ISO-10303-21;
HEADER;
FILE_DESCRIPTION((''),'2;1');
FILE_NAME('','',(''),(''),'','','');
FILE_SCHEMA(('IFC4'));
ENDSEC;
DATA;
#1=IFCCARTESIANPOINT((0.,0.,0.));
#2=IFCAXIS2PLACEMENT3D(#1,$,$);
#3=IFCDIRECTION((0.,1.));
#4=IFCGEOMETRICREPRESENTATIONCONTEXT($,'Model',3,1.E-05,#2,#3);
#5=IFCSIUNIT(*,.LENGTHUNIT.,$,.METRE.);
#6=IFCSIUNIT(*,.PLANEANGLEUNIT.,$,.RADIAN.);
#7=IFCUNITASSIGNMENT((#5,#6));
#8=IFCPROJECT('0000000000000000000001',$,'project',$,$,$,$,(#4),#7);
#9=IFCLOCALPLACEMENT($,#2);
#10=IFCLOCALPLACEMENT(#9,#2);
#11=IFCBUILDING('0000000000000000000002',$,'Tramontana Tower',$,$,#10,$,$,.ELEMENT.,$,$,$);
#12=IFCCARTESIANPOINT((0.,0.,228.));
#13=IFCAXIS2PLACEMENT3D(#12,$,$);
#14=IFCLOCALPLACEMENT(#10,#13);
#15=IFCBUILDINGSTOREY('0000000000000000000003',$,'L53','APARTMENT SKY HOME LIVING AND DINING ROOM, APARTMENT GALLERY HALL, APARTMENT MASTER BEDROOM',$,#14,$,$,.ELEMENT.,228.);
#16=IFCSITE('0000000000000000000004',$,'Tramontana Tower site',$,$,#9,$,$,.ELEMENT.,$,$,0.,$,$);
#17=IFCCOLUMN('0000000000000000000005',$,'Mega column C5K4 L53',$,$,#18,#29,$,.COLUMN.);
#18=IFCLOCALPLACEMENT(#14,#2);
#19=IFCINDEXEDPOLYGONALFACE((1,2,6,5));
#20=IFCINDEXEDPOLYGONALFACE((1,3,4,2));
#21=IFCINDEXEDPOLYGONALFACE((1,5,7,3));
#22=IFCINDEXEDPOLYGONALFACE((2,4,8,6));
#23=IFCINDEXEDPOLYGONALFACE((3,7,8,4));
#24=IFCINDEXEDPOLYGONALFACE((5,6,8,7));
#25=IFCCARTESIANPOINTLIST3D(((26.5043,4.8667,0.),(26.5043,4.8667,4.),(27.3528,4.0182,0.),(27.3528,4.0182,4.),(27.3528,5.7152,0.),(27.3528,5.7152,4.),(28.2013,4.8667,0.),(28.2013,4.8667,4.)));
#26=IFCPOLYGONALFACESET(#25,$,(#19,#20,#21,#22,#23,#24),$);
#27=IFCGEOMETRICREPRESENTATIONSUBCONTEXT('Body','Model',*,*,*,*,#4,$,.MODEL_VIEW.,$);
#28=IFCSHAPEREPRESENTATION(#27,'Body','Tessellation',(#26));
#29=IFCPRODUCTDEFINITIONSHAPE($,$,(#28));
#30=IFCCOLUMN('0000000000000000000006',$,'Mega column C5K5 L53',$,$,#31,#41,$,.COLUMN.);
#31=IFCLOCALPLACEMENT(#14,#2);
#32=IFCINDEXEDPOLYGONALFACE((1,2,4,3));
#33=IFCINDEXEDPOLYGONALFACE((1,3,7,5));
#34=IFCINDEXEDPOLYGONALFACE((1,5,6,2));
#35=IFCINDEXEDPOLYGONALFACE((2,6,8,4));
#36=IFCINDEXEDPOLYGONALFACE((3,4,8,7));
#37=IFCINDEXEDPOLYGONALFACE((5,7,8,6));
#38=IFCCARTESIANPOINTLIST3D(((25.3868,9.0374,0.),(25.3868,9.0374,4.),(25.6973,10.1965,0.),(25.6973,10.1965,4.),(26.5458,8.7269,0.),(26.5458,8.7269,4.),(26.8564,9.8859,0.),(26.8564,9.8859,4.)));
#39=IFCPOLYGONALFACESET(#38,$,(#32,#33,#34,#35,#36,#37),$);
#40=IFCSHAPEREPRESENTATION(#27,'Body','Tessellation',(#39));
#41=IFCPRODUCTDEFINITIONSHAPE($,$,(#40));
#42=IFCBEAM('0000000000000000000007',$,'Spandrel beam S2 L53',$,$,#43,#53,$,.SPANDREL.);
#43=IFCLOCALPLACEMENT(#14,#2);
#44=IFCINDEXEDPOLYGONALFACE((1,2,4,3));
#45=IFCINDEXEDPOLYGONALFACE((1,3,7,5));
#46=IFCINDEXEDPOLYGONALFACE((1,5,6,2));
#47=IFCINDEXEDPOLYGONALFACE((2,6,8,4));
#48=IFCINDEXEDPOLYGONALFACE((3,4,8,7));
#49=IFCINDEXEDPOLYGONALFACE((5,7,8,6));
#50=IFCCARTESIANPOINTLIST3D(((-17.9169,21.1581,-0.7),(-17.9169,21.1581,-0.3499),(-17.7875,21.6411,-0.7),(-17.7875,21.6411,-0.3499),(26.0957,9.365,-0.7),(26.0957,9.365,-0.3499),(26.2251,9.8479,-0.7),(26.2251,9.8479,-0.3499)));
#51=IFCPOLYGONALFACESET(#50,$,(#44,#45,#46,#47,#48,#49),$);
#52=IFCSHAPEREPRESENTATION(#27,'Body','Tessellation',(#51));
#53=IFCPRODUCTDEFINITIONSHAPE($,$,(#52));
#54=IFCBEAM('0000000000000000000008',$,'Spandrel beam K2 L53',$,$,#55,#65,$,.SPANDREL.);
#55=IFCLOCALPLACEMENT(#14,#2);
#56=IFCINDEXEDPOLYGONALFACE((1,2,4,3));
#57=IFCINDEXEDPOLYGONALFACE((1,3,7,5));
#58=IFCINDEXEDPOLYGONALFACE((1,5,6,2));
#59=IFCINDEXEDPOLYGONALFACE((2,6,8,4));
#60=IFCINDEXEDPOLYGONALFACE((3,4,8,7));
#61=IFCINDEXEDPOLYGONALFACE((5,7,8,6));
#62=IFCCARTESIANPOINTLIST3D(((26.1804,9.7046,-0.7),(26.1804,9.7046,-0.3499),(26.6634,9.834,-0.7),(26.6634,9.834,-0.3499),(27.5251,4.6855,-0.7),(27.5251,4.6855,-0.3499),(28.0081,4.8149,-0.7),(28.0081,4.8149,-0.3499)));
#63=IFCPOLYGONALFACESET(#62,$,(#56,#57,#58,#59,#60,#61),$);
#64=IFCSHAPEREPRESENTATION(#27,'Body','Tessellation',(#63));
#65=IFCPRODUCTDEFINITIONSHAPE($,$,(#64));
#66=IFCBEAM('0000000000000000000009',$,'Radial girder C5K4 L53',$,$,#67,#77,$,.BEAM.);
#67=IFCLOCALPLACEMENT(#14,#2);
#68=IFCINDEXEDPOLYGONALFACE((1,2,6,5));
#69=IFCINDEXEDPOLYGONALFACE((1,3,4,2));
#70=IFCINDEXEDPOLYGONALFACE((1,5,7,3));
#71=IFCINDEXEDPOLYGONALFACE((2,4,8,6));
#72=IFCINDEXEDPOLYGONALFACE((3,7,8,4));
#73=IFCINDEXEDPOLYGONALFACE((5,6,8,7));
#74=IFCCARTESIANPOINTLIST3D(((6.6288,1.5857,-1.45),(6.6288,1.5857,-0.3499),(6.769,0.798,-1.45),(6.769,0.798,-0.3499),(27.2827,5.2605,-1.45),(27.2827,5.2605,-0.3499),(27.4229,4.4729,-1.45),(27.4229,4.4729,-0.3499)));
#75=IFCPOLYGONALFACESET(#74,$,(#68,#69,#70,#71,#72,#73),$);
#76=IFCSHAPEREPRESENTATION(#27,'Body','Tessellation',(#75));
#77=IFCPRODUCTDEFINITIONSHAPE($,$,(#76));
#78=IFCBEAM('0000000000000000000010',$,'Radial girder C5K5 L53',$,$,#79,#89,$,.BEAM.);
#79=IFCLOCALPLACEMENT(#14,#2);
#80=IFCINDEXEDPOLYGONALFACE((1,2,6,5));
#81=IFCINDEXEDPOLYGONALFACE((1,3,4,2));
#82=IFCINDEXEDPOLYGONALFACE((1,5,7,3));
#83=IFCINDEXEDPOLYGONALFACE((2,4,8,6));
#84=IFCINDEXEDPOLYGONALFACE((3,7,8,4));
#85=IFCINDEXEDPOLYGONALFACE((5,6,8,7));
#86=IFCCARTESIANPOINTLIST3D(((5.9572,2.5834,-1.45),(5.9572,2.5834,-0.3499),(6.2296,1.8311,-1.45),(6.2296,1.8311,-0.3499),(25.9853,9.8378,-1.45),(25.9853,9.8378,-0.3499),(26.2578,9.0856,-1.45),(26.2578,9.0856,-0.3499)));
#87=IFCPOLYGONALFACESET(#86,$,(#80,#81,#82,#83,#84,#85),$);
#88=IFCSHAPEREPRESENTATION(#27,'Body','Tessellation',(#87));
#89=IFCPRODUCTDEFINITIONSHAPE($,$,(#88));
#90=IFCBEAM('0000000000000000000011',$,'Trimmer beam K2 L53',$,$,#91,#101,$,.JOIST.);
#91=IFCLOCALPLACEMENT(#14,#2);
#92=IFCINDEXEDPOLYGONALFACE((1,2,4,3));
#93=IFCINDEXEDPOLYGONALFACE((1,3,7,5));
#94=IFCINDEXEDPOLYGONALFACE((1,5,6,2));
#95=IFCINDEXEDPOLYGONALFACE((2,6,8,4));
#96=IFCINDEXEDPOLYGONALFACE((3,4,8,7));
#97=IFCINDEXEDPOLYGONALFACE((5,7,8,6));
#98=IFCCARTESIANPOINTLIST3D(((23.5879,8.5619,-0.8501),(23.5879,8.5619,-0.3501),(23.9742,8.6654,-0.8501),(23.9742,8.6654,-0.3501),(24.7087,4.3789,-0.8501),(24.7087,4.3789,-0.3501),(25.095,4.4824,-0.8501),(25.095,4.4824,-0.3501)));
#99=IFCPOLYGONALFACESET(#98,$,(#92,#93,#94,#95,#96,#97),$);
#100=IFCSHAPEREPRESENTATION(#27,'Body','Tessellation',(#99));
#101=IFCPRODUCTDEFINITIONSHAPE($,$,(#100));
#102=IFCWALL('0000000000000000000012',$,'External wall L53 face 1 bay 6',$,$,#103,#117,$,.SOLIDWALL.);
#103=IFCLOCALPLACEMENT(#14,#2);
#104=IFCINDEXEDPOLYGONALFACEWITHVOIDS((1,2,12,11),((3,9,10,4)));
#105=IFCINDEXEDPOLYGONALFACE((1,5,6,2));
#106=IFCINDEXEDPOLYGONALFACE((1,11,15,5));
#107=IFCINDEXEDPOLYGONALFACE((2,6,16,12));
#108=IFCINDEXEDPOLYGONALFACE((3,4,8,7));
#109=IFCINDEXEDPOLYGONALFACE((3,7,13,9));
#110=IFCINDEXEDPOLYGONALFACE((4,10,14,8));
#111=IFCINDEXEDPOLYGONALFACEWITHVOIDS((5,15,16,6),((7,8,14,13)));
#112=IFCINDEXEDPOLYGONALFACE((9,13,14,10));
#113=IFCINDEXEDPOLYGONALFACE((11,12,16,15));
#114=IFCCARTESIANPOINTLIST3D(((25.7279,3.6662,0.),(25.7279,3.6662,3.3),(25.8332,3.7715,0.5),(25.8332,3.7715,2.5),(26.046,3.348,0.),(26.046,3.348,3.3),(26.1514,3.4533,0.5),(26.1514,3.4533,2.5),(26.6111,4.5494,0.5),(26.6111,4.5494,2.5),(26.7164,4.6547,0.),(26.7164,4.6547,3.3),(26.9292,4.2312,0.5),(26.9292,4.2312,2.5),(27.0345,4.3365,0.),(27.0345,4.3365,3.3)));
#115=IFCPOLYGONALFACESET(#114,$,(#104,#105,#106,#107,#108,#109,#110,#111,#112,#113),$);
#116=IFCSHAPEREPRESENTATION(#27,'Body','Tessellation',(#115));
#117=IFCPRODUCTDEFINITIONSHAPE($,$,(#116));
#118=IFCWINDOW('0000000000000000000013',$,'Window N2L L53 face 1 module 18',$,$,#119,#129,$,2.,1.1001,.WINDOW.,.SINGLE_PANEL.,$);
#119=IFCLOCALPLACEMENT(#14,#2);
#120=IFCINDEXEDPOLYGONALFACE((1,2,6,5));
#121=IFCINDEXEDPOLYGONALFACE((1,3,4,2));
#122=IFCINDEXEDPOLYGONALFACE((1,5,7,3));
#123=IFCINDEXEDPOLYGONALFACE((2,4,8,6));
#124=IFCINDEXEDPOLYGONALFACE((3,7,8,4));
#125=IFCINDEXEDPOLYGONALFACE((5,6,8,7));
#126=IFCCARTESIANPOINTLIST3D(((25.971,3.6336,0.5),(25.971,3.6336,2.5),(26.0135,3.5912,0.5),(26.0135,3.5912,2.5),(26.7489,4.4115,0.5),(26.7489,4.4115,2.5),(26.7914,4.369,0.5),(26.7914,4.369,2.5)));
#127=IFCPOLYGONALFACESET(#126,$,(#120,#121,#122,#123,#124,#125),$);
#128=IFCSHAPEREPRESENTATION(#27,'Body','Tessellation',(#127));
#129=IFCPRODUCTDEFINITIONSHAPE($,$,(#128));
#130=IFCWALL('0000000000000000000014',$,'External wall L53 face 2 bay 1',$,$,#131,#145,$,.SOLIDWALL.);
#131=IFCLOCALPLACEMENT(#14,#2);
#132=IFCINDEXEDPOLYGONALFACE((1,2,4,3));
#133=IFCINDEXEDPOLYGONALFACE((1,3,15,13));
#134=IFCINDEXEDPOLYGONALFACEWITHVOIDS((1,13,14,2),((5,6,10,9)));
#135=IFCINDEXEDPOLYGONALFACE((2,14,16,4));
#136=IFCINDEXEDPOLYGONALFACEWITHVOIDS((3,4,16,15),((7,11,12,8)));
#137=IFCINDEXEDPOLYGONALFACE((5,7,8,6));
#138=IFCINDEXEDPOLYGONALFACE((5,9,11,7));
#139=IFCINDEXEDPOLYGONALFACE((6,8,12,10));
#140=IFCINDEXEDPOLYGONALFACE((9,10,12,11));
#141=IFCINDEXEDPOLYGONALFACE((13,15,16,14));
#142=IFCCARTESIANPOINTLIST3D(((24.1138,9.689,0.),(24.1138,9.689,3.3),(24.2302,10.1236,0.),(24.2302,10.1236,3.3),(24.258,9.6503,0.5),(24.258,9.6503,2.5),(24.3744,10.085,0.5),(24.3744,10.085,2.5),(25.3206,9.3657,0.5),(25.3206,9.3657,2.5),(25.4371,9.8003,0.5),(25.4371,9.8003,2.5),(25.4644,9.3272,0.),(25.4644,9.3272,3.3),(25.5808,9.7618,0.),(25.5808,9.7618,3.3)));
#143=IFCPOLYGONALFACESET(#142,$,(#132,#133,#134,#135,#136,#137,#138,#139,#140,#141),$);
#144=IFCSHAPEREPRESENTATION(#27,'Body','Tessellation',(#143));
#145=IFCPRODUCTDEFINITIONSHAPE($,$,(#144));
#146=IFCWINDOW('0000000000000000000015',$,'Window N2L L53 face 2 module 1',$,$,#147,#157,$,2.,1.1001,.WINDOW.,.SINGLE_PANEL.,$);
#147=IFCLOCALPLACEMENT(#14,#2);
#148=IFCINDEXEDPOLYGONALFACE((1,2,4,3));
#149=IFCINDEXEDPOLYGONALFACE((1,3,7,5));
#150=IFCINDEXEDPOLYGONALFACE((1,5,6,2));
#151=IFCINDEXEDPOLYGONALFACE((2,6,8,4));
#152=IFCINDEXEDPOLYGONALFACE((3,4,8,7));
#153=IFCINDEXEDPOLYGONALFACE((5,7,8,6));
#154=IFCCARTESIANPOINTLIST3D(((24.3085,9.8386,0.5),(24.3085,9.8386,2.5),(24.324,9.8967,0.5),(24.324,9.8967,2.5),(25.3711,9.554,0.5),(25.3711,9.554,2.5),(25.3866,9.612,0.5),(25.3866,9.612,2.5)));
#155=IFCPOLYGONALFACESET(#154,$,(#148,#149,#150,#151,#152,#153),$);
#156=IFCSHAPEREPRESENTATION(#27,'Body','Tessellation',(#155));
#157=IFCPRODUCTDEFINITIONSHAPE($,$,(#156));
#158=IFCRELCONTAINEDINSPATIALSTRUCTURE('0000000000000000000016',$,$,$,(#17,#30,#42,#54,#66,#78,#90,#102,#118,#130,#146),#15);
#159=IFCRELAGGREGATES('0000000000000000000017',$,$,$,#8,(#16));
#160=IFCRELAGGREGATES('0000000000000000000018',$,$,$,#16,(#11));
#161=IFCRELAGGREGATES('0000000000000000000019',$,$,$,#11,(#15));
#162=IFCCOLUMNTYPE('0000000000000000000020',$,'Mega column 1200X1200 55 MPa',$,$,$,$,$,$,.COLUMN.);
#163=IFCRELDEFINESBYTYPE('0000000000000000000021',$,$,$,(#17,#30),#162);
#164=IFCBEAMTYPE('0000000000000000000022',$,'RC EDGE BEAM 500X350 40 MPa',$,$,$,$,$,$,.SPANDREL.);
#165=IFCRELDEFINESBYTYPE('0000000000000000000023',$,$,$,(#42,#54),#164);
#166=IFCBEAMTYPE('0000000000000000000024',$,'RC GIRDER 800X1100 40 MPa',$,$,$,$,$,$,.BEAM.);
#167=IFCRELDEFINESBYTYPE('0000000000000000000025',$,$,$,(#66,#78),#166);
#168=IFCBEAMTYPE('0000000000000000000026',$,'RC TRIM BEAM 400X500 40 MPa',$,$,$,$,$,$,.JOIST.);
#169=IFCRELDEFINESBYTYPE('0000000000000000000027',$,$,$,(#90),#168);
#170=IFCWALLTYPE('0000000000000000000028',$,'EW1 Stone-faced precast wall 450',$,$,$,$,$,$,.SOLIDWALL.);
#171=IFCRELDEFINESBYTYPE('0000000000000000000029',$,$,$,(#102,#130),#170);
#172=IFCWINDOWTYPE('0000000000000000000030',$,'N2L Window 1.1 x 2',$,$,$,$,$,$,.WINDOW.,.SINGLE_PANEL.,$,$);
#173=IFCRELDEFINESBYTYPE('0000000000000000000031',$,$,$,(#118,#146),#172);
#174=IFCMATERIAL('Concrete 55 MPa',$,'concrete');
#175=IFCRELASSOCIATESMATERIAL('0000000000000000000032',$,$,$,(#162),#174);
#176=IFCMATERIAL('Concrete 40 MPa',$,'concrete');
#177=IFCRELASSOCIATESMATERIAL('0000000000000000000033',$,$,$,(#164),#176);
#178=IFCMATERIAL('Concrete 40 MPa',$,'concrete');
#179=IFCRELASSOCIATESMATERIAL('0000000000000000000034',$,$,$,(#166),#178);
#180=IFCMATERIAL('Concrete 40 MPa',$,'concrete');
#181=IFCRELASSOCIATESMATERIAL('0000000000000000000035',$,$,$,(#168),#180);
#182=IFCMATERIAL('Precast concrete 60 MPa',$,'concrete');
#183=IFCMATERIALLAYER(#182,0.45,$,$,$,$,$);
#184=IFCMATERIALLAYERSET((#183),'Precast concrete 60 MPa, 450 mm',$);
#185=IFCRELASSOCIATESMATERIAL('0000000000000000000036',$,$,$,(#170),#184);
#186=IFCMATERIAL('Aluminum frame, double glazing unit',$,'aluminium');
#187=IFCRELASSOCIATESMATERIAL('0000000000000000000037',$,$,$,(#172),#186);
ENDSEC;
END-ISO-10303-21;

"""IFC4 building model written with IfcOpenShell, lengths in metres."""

from ifc_helpers import new_model, si_unit, direction, frame, frame_2d, origin, origin_2d, place, context, subcontext, project, spatial, rectangle, extrude, material, layer, layer_set, material_profile, profile_set, type_object, element, fill, save


model = new_model("IFC4")

# Units and contexts
model_context = context("Model", 3, precision=1e-05, world=origin(), true_north=direction((0.0, 1.0)))
body_context = subcontext(model_context, "Body", "Model", "MODEL_VIEW")
ifc_project = project(units=[si_unit("LENGTHUNIT", "METRE"), si_unit("PLANEANGLEUNIT", "RADIAN")], contexts=[model_context])

# Site, building, storey
site_placement = place(None, origin())
site = spatial("IfcSite", under=ifc_project, at=site_placement, Name="Tramontana Tower site", CompositionType="ELEMENT", RefElevation=0.0)
building_placement = place(site_placement, origin())
building = spatial("IfcBuilding", under=site, at=building_placement, Name="Tramontana Tower", CompositionType="ELEMENT")
storey_placement = place(building_placement, frame((0.0, 0.0, 228.0)))
storey = spatial("IfcBuildingStorey", under=building, at=storey_placement, Name="L53", Description="APARTMENT SKY HOME LIVING AND DINING ROOM, APARTMENT GALLERY HALL, APARTMENT MASTER BEDROOM", CompositionType="ELEMENT", Elevation=228.0)

# Columns
ifc_material_1 = material(Name="Concrete 55 MPa", Category="concrete")
ifc_material_profile_1 = material_profile(ifc_material_1, rectangle(XDim=1.2, YDim=1.2, at=origin_2d()), Name="Mega column 1200X1200 55 MPa")
ifc_profile_set_1 = profile_set([ifc_material_profile_1], Name="Concrete 55 MPa")
column_type = type_object("IfcColumnType", Name="Mega column 1200X1200 55 MPa", PredefinedType="COLUMN", material=ifc_profile_set_1)
for number, where, z_axis, x_axis, name in (
    (1, (27.3528, 4.8667, 0.0), (0.0, 0.0, 1.0), (0.707107, 0.707107, 0.0), "Mega column C5K4 L53"),
    (2, (26.1216, 9.4617, 0.0), (0.0, 0.0, 1.0), (-0.965926, 0.258819, 0.0), "Mega column C5K5 L53"),
):
    element("IfcColumn", number, at=place(storey_placement, frame(where, z_axis=z_axis, x_axis=x_axis)), inside=storey, type_object=column_type, Name=name, PredefinedType="COLUMN", context=body_context, shape_type="SweptSolid", body=[
        extrude(rectangle(XDim=1.2, YDim=1.2, at=origin_2d()), origin(), (0.0, 0.0, 1.0), 4.0),
    ])

# Beams
ifc_material_2 = material(Name="Concrete 40 MPa", Category="concrete")
ifc_material_profile_2 = material_profile(ifc_material_2, rectangle(XDim=0.5, YDim=0.3501, at=origin_2d()), Name="RC EDGE BEAM 500X350 40 MPa")
ifc_profile_set_2 = profile_set([ifc_material_profile_2], Name="Concrete 40 MPa")
beam_type_1 = type_object("IfcBeamType", Name="RC EDGE BEAM 500X350 40 MPa", PredefinedType="SPANDREL", material=ifc_profile_set_2)
beam_1_placement = place(storey_placement, frame((26.1604, 9.6064, -0.5249), z_axis=(-0.965926, 0.25882, 0.0), x_axis=(-0.25882, -0.965926, 0.0)))
element("IfcBeam", 3, at=beam_1_placement, inside=storey, type_object=beam_type_1, Name="Spandrel beam S2 L53", PredefinedType="SPANDREL", context=body_context, shape_type="SweptSolid", body=[
    extrude(rectangle(XDim=0.5, YDim=0.3501, at=origin_2d()), origin(), (0.0, 0.0, 1.0), 45.5652),
])
beam_2_placement = place(storey_placement, frame((27.7666, 4.7502, -0.5249), z_axis=(-0.258797, 0.965932, 0.0), x_axis=(-0.965932, -0.258797, 0.0)))
element("IfcBeam", 4, at=beam_2_placement, inside=storey, type_object=beam_type_1, Name="Spandrel beam K2 L53", PredefinedType="SPANDREL", context=body_context, shape_type="SweptSolid", body=[
    extrude(rectangle(XDim=0.5, YDim=0.3501, at=origin_2d()), origin(), (0.0, 0.0, 1.0), 5.196),
])
ifc_material_3 = material(Name="Concrete 40 MPa", Category="concrete")
ifc_material_profile_3 = material_profile(ifc_material_3, rectangle(XDim=0.8, YDim=1.1001, at=origin_2d()), Name="RC GIRDER 800X1100 40 MPa")
ifc_profile_set_3 = profile_set([ifc_material_profile_3], Name="Concrete 40 MPa")
beam_type_2 = type_object("IfcBeamType", Name="RC GIRDER 800X1100 40 MPa", PredefinedType="BEAM", material=ifc_profile_set_3)
beam_3_placement = place(storey_placement, frame((27.3528, 4.8667, -0.8999), z_axis=(-0.984538, -0.175173, 0.0), x_axis=(0.175173, -0.984538, 0.0)))
element("IfcBeam", 5, at=beam_3_placement, inside=storey, type_object=beam_type_2, Name="Radial girder C5K4 L53", PredefinedType="BEAM", context=body_context, shape_type="SweptSolid", body=[
    extrude(rectangle(XDim=0.8, YDim=1.1001, at=origin_2d()), origin(), (0.0, 0.0, 1.0), 20.9783),
])
beam_4_placement = place(storey_placement, frame((26.1216, 9.4617, -0.8999), z_axis=(-0.940223, -0.340559, 0.0), x_axis=(0.340559, -0.940223, 0.0)))
element("IfcBeam", 6, at=beam_4_placement, inside=storey, type_object=beam_type_2, Name="Radial girder C5K5 L53", PredefinedType="BEAM", context=body_context, shape_type="SweptSolid", body=[
    extrude(rectangle(XDim=0.8, YDim=1.1001, at=origin_2d()), origin(), (0.0, 0.0, 1.0), 21.3015),
])
ifc_material_4 = material(Name="Concrete 40 MPa", Category="concrete")
ifc_material_profile_4 = material_profile(ifc_material_4, rectangle(XDim=0.3999, YDim=0.5, at=origin_2d()), Name="RC TRIM BEAM 400X500 40 MPa")
ifc_profile_set_4 = profile_set([ifc_material_profile_4], Name="Concrete 40 MPa")
beam_type_3 = type_object("IfcBeamType", Name="RC TRIM BEAM 400X500 40 MPa", PredefinedType="JOIST", material=ifc_profile_set_4)
beam_5_placement = place(storey_placement, frame((24.9019, 4.4307, -0.6001), z_axis=(-0.258817, 0.965926, 0.0), x_axis=(-0.965926, -0.258817, 0.0)))
element("IfcBeam", 7, at=beam_5_placement, inside=storey, type_object=beam_type_3, Name="Trimmer beam K2 L53", PredefinedType="JOIST", context=body_context, shape_type="SweptSolid", body=[
    extrude(rectangle(XDim=0.3999, YDim=0.5, at=origin_2d()), origin(), (0.0, 0.0, 1.0), 4.3306),
])

# Walls, openings, windows
ifc_material_5 = material(Name="Precast concrete 60 MPa", Category="concrete")
ifc_layer_1 = layer(ifc_material_5, 0.45)
ifc_layer_set_1 = layer_set([ifc_layer_1], Name="Precast concrete 60 MPa, 450 mm")
wall_type_1 = type_object("IfcWallType", Name="EW1 Stone-faced precast wall 450", PredefinedType="SOLIDWALL", material=ifc_layer_set_1)
wall_1_placement = place(storey_placement, frame((25.887, 3.5071, 0.0), z_axis=(0.0, 0.0, 1.0), x_axis=(0.707107, 0.707107, 0.0)))
wall_1 = element("IfcWall", 8, at=wall_1_placement, inside=storey, type_object=wall_type_1, Name="External wall L53 face 1 bay 6", PredefinedType="SOLIDWALL", context=body_context, shape_type="SweptSolid", body=[
    extrude(rectangle(XDim=1.3979, YDim=0.45, at=frame_2d((0.699, 0.0))), origin(), (0.0, 0.0, 1.0), 3.3),
])
opening_1_placement = place(wall_1_placement, frame((0.1489, 0.0, 0.5)))
opening_1 = element("IfcOpeningElement", 9, at=opening_1_placement, cuts=wall_1, PredefinedType="OPENING", context=body_context, shape_type="SweptSolid", body=[
    extrude(rectangle(XDim=1.1001, YDim=2.0, at=frame_2d((0.55, 1.0))), frame((0.0, 0.2349, 0.0), z_axis=(0.0, -1.0, 0.0), x_axis=(1.0, 0.0, 0.0)), (0.0, 0.0, 1.0), 0.47),
])
ifc_material_6 = material(Name="Aluminum frame, double glazing unit", Category="aluminium")
window_type_1 = type_object("IfcWindowType", Name="N2L Window 1.1 x 2", PartitioningType="SINGLE_PANEL", PredefinedType="WINDOW", material=ifc_material_6)
window_1_placement = place(opening_1_placement, origin())
window_1 = element("IfcWindow", 10, at=window_1_placement, inside=storey, type_object=window_type_1, Name="Window N2L L53 face 1 module 18", OverallHeight=2.0, OverallWidth=1.1001, PartitioningType="SINGLE_PANEL", PredefinedType="WINDOW", context=body_context, shape_type="SweptSolid", body=[
    extrude(rectangle(XDim=1.1001, YDim=2.0, at=frame_2d((0.55, 1.0))), frame((0.0, 0.03, 0.0), z_axis=(0.0, -1.0, 0.0), x_axis=(1.0, 0.0, 0.0)), (0.0, 0.0, 1.0), 0.0601),
])
fill(opening_1, window_1)
wall_2_placement = place(storey_placement, frame((25.5227, 9.5444, 0.0), z_axis=(0.0, 0.0, 1.0), x_axis=(-0.965939, 0.258771, 0.0)))
wall_2 = element("IfcWall", 11, at=wall_2_placement, inside=storey, type_object=wall_type_1, Name="External wall L53 face 2 bay 1", PredefinedType="SOLIDWALL", context=body_context, shape_type="SweptSolid", body=[
    extrude(rectangle(XDim=1.3982, YDim=0.45, at=frame_2d((0.6992, 0.0))), origin(), (0.0, 0.0, 1.0), 3.3),
])
opening_2_placement = place(wall_2_placement, frame((0.1489, 0.0, 0.5)))
opening_2 = element("IfcOpeningElement", 12, at=opening_2_placement, cuts=wall_2, PredefinedType="OPENING", context=body_context, shape_type="SweptSolid", body=[
    extrude(rectangle(XDim=1.1001, YDim=2.0, at=frame_2d((0.55, 1.0))), frame((0.0, 0.2349, 0.0), z_axis=(0.0, -1.0, 0.0), x_axis=(1.0, 0.0, 0.0)), (0.0, 0.0, 1.0), 0.47),
])
window_2_placement = place(opening_2_placement, origin())
window_2 = element("IfcWindow", 13, at=window_2_placement, inside=storey, type_object=window_type_1, Name="Window N2L L53 face 2 module 1", OverallHeight=2.0, OverallWidth=1.1001, PartitioningType="SINGLE_PANEL", PredefinedType="WINDOW", context=body_context, shape_type="SweptSolid", body=[
    extrude(rectangle(XDim=1.1001, YDim=2.0, at=frame_2d((0.55, 1.0))), frame((0.0, 0.03, 0.0), z_axis=(0.0, -1.0, 0.0), x_axis=(1.0, 0.0, 0.0)), (0.0, 0.0, 1.0), 0.0601),
])
fill(opening_2, window_2)

save(model, "model.ifc")
